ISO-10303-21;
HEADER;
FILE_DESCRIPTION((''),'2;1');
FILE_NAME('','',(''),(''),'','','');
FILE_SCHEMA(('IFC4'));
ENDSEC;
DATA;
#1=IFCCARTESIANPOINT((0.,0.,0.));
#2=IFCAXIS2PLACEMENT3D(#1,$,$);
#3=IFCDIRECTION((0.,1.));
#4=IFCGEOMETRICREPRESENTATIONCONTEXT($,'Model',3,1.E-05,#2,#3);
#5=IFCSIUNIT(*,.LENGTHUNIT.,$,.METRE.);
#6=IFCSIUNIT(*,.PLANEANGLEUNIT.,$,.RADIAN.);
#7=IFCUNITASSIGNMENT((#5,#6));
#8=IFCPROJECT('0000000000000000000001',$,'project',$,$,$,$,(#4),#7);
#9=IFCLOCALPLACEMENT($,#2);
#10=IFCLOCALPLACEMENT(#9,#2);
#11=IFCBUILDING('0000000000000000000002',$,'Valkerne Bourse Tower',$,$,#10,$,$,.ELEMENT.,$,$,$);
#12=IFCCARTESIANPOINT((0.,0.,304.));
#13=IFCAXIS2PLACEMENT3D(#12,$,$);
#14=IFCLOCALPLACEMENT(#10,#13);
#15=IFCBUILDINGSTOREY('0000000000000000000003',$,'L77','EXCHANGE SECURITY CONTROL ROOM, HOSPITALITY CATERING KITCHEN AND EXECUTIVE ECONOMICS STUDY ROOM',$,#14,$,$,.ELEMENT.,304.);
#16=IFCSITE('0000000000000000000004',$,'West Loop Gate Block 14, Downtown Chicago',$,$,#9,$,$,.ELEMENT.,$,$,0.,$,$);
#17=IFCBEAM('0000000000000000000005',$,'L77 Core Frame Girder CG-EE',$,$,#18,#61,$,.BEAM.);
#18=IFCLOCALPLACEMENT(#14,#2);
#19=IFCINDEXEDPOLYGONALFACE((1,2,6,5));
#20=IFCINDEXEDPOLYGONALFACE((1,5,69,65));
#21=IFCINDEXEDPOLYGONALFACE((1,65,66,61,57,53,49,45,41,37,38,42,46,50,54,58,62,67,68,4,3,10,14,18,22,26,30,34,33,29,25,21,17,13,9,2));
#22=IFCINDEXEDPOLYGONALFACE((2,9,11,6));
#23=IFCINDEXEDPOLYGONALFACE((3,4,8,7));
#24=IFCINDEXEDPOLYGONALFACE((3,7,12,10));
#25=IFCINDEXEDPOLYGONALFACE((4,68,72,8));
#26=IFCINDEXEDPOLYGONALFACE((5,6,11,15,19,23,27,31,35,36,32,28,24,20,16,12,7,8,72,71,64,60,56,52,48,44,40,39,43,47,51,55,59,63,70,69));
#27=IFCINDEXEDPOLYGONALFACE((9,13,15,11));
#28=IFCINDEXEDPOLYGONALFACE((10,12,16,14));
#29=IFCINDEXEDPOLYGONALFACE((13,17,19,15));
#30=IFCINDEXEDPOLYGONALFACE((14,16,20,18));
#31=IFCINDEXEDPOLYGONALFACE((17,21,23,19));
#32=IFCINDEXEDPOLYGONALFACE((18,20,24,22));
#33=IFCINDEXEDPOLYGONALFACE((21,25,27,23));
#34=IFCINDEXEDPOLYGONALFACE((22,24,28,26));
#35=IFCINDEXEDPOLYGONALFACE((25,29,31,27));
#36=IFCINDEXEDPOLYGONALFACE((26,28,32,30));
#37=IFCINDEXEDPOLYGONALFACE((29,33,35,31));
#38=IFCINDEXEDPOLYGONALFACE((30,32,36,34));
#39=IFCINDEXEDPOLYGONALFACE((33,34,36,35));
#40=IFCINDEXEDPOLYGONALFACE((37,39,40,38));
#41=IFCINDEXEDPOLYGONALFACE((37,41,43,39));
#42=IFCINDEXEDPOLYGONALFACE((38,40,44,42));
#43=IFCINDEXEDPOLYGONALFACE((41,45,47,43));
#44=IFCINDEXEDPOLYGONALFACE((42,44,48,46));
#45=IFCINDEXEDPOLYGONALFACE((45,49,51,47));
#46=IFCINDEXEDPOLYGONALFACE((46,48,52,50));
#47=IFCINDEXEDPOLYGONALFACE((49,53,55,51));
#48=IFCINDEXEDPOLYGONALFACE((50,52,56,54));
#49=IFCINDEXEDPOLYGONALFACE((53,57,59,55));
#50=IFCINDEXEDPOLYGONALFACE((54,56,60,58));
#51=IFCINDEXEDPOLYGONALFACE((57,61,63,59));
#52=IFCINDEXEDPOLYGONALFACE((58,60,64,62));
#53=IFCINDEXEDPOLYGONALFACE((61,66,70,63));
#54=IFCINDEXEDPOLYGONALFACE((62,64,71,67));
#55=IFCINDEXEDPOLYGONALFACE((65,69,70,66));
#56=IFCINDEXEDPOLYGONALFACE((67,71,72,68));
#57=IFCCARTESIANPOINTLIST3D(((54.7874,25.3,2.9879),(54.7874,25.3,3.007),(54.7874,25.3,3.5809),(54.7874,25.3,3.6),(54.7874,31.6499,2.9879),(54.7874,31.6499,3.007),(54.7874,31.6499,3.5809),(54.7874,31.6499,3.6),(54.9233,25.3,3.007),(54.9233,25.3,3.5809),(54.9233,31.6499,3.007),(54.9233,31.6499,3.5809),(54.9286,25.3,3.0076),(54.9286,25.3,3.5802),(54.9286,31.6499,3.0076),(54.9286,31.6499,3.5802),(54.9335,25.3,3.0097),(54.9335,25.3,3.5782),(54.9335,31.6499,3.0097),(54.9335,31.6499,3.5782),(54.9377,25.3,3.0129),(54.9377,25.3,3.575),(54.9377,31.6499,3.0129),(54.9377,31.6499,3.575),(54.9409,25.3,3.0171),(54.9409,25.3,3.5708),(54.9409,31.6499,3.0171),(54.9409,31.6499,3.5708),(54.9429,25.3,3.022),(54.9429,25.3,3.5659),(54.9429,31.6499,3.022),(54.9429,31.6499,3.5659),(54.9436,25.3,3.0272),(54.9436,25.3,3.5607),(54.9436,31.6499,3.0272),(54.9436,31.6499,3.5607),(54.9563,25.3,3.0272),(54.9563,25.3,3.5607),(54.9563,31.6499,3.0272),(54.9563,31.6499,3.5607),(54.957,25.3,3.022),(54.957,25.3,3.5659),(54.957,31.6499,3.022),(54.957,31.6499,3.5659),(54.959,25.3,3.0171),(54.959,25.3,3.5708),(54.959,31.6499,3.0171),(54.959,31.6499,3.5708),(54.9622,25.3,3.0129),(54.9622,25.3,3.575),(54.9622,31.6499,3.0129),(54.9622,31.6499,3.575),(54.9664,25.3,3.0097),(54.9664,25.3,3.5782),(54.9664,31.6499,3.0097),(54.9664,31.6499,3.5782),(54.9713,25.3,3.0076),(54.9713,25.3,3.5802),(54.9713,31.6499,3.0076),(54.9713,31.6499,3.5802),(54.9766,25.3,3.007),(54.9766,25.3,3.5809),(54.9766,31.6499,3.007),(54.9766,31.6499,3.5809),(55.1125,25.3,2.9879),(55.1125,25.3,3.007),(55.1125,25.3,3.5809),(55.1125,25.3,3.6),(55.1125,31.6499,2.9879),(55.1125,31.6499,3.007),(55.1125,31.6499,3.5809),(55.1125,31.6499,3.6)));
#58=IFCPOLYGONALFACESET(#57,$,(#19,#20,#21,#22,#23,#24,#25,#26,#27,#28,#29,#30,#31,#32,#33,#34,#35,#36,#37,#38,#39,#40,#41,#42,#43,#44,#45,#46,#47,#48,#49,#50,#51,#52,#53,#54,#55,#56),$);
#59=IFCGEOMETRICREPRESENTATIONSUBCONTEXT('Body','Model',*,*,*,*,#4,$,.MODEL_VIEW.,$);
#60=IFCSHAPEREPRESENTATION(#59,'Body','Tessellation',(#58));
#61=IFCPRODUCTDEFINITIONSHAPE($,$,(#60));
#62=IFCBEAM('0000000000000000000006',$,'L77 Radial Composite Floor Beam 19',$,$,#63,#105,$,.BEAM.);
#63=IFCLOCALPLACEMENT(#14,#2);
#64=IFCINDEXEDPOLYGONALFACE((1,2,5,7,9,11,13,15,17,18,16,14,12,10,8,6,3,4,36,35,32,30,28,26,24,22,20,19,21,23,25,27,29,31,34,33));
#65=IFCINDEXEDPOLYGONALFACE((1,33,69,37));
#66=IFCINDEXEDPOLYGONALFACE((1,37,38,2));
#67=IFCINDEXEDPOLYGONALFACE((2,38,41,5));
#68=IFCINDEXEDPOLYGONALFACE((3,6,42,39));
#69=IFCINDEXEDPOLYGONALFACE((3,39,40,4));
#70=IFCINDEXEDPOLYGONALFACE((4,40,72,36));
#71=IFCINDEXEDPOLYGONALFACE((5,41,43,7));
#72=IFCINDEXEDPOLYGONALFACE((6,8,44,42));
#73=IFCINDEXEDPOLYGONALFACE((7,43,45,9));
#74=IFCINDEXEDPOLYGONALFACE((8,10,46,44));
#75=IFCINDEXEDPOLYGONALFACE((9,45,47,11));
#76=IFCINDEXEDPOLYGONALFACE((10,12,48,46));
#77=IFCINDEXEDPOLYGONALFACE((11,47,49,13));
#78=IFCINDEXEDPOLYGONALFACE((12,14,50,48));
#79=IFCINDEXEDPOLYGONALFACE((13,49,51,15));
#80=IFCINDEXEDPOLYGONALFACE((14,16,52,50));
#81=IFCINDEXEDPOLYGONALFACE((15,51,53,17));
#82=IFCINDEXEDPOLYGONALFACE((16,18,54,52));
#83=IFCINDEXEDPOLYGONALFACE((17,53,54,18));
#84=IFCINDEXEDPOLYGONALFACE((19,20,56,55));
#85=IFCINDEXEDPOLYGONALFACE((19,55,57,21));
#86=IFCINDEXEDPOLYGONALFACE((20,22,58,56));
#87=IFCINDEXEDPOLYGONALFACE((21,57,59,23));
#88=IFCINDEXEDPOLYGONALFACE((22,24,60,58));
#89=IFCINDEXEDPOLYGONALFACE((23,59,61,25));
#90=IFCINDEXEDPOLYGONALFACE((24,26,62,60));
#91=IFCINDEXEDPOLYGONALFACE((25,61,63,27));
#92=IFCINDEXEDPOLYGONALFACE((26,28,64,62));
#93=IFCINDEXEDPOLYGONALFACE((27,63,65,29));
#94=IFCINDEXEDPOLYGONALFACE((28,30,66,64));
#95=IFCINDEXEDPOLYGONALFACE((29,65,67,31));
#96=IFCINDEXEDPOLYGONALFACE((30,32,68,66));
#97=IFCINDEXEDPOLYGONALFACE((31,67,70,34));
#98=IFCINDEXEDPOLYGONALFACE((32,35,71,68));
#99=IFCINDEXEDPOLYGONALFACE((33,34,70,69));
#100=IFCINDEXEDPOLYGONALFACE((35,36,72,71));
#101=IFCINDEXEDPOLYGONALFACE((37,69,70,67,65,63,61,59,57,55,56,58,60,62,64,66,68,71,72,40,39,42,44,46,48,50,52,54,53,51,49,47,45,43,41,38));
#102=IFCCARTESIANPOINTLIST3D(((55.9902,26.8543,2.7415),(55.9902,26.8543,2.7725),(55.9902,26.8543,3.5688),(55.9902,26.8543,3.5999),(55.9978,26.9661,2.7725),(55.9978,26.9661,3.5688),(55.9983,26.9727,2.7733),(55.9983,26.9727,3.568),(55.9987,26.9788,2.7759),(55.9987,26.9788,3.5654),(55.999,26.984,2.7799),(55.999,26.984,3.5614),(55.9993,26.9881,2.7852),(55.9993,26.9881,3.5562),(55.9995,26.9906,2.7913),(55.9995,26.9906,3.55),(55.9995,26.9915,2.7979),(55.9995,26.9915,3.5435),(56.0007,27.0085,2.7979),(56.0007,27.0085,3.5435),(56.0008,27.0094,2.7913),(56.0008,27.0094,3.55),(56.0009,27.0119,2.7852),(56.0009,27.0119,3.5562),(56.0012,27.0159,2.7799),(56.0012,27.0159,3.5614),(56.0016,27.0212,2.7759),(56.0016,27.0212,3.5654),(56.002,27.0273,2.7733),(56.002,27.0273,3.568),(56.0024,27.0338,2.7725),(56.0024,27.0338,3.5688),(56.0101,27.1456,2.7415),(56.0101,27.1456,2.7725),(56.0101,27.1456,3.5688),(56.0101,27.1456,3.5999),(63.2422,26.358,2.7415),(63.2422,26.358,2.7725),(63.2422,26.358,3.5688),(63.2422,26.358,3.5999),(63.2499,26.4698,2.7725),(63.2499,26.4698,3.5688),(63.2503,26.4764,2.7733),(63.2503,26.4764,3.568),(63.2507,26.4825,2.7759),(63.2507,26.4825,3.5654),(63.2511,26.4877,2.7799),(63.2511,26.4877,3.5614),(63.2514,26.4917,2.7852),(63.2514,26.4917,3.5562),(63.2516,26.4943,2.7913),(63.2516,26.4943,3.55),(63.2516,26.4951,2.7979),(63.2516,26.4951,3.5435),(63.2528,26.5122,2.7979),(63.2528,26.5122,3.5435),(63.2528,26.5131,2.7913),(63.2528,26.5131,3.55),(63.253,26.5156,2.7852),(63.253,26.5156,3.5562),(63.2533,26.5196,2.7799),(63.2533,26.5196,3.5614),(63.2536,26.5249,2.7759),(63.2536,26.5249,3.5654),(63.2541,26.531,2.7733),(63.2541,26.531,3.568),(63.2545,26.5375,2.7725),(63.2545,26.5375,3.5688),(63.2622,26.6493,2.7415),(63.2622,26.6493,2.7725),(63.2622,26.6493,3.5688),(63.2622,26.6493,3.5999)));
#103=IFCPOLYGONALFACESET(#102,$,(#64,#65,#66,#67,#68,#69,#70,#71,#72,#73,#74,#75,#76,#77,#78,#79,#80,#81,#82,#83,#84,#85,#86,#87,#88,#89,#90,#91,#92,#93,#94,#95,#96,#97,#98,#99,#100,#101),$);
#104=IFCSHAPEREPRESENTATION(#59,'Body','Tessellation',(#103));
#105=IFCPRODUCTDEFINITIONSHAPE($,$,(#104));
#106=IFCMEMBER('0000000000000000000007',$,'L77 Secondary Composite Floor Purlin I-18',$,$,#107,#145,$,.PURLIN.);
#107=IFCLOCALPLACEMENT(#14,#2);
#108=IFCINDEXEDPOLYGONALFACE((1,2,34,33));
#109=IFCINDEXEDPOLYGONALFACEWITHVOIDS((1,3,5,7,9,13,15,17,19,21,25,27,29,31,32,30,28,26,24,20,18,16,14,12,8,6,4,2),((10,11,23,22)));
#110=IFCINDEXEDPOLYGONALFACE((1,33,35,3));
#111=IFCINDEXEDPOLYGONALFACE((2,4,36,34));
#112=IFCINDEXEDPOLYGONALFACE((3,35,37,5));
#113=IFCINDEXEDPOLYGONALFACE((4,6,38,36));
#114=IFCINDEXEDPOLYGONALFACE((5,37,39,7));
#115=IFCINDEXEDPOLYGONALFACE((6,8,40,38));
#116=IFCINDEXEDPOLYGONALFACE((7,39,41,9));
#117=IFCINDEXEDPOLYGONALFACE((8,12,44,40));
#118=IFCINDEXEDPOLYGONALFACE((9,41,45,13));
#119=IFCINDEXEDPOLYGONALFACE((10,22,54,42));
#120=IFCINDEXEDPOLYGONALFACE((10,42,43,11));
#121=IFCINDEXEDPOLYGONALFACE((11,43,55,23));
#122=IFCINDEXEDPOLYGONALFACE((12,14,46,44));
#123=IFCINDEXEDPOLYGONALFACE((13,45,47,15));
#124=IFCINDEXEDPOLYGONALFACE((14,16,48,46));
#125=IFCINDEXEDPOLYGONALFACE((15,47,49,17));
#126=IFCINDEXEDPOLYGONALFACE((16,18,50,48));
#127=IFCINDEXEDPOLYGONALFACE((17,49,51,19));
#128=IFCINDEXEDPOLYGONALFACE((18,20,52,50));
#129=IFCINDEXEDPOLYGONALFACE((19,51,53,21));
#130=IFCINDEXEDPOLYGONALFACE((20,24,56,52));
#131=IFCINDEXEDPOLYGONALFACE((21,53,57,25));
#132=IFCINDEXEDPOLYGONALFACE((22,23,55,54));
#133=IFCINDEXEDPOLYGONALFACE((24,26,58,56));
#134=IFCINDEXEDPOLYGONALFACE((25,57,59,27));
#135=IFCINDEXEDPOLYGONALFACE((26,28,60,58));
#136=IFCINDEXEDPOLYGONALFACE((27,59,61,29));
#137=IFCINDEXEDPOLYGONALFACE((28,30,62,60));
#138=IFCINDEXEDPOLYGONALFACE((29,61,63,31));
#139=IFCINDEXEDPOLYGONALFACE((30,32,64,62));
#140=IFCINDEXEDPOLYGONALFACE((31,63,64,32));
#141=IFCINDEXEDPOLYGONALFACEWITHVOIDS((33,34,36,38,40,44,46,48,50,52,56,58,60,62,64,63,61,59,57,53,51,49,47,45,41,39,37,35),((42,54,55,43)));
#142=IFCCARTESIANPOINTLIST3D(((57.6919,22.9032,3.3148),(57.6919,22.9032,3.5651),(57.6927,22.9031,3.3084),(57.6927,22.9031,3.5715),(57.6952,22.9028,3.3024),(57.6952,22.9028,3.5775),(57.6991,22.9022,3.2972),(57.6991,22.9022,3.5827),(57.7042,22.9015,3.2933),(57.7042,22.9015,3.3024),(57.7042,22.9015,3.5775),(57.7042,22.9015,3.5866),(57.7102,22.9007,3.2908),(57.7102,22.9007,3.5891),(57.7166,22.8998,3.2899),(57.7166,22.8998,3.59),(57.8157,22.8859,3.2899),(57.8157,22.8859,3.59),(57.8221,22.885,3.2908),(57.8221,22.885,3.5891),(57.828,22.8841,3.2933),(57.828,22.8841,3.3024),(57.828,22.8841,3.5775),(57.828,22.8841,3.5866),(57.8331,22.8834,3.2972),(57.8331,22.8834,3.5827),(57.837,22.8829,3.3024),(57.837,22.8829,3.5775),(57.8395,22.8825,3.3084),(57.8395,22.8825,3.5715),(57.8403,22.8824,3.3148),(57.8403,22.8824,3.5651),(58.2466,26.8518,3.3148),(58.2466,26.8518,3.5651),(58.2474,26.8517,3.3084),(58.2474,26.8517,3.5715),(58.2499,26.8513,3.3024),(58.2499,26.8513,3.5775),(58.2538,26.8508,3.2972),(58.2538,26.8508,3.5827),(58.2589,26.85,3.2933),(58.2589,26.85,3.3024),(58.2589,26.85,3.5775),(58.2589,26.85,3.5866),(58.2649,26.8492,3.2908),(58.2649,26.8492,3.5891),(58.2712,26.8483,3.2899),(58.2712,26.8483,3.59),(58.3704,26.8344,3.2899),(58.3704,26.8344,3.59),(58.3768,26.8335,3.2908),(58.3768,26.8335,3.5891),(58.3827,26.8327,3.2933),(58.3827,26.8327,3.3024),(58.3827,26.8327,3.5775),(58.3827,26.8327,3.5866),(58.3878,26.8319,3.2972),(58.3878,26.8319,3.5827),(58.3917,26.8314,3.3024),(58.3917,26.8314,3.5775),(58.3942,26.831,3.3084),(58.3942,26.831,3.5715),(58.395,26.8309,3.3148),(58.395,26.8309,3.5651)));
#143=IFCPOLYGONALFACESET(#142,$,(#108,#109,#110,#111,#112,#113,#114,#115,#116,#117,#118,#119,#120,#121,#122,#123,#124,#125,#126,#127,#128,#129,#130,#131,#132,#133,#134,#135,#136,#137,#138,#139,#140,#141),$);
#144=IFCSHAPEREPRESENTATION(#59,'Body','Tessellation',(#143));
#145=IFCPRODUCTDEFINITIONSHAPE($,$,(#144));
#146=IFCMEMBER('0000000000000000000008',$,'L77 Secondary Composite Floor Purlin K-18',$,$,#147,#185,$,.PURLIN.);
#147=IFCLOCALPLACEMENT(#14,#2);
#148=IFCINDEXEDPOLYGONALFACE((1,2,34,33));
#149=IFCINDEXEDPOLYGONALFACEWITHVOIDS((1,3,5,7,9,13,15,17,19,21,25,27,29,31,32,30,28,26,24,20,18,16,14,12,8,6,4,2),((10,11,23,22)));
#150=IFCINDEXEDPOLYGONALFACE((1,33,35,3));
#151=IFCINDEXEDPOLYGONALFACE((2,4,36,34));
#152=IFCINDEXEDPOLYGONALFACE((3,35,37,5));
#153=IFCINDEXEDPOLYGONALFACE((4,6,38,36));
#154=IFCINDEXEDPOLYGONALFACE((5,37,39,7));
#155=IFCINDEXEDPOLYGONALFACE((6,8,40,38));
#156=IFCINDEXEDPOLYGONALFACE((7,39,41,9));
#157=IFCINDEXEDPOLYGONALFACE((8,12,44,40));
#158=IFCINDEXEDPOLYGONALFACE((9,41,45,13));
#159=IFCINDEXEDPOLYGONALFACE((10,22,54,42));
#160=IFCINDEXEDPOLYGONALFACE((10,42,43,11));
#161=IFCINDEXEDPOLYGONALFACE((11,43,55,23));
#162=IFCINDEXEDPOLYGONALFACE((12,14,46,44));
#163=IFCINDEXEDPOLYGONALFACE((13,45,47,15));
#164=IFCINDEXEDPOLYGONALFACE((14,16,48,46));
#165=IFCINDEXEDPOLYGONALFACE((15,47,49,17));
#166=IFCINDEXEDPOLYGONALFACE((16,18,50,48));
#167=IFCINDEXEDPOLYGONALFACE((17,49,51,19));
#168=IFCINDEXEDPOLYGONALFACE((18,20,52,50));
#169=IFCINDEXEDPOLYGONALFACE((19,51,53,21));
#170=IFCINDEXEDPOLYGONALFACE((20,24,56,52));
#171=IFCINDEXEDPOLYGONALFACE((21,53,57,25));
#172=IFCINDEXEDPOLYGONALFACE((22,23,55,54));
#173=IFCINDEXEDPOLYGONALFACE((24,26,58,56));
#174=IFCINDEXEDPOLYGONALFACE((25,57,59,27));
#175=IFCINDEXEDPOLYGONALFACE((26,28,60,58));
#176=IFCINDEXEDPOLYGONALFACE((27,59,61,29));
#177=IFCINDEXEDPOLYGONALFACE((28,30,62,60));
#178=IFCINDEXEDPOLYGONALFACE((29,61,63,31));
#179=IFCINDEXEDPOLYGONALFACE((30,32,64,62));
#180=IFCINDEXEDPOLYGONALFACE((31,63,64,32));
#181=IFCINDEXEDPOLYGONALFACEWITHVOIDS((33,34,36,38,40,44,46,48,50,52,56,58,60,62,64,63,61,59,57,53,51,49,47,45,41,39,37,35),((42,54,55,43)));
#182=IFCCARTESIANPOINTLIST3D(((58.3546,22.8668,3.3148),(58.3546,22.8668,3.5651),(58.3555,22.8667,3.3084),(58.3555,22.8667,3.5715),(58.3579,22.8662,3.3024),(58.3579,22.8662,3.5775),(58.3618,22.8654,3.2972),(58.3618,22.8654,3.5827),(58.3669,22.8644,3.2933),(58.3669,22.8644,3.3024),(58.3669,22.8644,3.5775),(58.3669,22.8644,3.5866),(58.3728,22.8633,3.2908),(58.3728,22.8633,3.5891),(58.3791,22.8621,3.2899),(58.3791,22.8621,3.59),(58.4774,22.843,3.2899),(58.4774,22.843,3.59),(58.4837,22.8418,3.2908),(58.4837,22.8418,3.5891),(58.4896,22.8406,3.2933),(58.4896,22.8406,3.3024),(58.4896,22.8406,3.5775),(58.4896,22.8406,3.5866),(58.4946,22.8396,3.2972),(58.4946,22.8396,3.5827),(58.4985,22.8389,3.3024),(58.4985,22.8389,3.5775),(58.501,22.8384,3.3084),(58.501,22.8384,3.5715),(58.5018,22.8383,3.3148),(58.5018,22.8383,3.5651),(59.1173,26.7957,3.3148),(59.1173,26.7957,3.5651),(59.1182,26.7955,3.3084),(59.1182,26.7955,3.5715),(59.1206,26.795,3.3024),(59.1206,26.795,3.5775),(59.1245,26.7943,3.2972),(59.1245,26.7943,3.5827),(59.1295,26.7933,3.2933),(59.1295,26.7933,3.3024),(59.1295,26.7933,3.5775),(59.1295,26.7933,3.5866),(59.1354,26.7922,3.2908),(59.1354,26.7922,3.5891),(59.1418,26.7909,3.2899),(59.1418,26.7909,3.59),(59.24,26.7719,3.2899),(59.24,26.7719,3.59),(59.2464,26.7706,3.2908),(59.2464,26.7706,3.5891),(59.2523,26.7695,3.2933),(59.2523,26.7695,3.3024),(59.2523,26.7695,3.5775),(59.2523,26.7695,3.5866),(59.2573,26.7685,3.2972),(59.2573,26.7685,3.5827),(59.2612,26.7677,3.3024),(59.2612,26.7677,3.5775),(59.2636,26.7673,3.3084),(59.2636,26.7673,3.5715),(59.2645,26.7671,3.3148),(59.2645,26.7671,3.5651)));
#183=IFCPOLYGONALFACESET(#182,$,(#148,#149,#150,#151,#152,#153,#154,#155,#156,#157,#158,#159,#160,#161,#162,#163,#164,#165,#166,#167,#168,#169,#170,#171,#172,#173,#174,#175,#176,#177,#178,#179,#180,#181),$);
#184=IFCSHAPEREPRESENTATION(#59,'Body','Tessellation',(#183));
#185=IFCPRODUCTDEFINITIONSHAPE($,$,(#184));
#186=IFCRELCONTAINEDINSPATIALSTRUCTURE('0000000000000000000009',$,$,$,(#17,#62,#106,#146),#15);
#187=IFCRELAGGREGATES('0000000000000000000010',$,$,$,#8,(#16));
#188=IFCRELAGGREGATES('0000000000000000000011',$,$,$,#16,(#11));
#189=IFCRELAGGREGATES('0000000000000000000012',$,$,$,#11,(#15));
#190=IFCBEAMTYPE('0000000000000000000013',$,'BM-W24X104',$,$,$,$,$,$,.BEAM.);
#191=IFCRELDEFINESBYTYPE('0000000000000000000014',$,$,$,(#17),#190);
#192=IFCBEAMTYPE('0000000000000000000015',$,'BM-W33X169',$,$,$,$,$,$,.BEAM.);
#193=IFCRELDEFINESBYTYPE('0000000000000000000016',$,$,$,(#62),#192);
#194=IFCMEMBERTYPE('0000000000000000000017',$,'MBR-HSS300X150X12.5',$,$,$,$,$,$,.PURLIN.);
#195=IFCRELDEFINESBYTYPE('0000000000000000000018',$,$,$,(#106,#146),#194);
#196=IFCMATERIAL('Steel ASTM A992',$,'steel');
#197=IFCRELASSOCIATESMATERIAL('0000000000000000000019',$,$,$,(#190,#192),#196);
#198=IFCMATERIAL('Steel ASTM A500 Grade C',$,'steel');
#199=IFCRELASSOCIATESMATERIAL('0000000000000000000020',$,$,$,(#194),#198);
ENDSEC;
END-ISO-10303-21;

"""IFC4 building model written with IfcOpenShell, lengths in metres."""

from ifc_helpers import new_model, si_unit, direction, frame, origin, origin_2d, place, context, subcontext, project, spatial, hollow_rectangle, i_section, extrude, material, material_profile, profile_set, type_object, element, save


model = new_model("IFC4")

# Units and contexts
model_context = context("Model", 3, precision=1e-05, world=origin(), true_north=direction((0.0, 1.0)))
body_context = subcontext(model_context, "Body", "Model", "MODEL_VIEW")
ifc_project = project(units=[si_unit("LENGTHUNIT", "METRE"), si_unit("PLANEANGLEUNIT", "RADIAN")], contexts=[model_context])

# Site, building, storey
site_placement = place(None, origin())
site = spatial("IfcSite", under=ifc_project, at=site_placement, Name="West Loop Gate Block 14, Downtown Chicago", CompositionType="ELEMENT", RefElevation=0.0)
building_placement = place(site_placement, origin())
building = spatial("IfcBuilding", under=site, at=building_placement, Name="Valkerne Bourse Tower", CompositionType="ELEMENT")
storey_placement = place(building_placement, frame((0.0, 0.0, 304.0)))
storey = spatial("IfcBuildingStorey", under=building, at=storey_placement, Name="L77", Description="EXCHANGE SECURITY CONTROL ROOM, HOSPITALITY CATERING KITCHEN AND EXECUTIVE ECONOMICS STUDY ROOM", CompositionType="ELEMENT", Elevation=304.0)

# Shared definitions
ifc_material_1 = material(Name="Steel ASTM A500 Grade C", Category="steel")

# Beams
ifc_material_2 = material(Name="Steel ASTM A992", Category="steel")
ifc_material_profile_1 = material_profile(ifc_material_2, i_section(OverallWidth=0.3252, OverallDepth=0.6121, WebThickness=0.0127, FlangeThickness=0.019, FilletRadius=0.0203, at=origin_2d()), Name="W24X104")
ifc_profile_set_1 = profile_set([ifc_material_profile_1], Name="Steel ASTM A992")
beam_type_1 = type_object("IfcBeamType", Name="BM-W24X104", PredefinedType="BEAM", material=ifc_profile_set_1)
beam_1_placement = place(storey_placement, frame((54.95, 25.3, 3.2939), z_axis=(0.0, 1.0, 0.0), x_axis=(-1.0, 0.0, 0.0)))
element("IfcBeam", 1, at=beam_1_placement, inside=storey, type_object=beam_type_1, Name="L77 Core Frame Girder CG-EE", PredefinedType="BEAM", context=body_context, shape_type="SweptSolid", body=[
    extrude(i_section(OverallWidth=0.3252, OverallDepth=0.6121, WebThickness=0.0127, FlangeThickness=0.019, FilletRadius=0.0203, at=origin_2d()), origin(), (0.0, 0.0, 1.0), 6.3499),
])
ifc_material_profile_2 = material_profile(ifc_material_2, i_section(OverallWidth=0.292, OverallDepth=0.8584, WebThickness=0.0171, FlangeThickness=0.031, FilletRadius=0.0254, at=origin_2d()), Name="W33X169")
ifc_profile_set_2 = profile_set([ifc_material_profile_2], Name="Steel ASTM A992")
beam_type_2 = type_object("IfcBeamType", Name="BM-W33X169", PredefinedType="BEAM", material=ifc_profile_set_2)
beam_2_placement = place(storey_placement, frame((63.2522, 26.5037, 3.1707), z_axis=(-0.997666, 0.06828, 0.0), x_axis=(-0.06828, -0.997666, 0.0)))
element("IfcBeam", 2, at=beam_2_placement, inside=storey, type_object=beam_type_2, Name="L77 Radial Composite Floor Beam 19", PredefinedType="BEAM", context=body_context, shape_type="SweptSolid", body=[
    extrude(i_section(OverallWidth=0.292, OverallDepth=0.8584, WebThickness=0.0171, FlangeThickness=0.031, FilletRadius=0.0254, at=origin_2d()), origin(), (0.0, 0.0, 1.0), 7.269),
])

# Members
ifc_material_profile_3 = material_profile(ifc_material_1, hollow_rectangle(XDim=0.1499, YDim=0.3, WallThickness=0.0125, OuterFilletRadius=0.0249, at=origin_2d()), Name="HSS300X150X12.5")
ifc_profile_set_3 = profile_set([ifc_material_profile_3], Name="Steel ASTM A500 Grade C")
member_type_1 = type_object("IfcMemberType", Name="MBR-HSS300X150X12.5", PredefinedType="PURLIN", material=ifc_profile_set_3)
member_1_placement = place(storey_placement, frame((57.7661, 22.8928, 3.4399), z_axis=(0.139115, 0.990276, 0.0), x_axis=(-0.990276, 0.139115, 0.0)))
element("IfcMember", 3, at=member_1_placement, inside=storey, type_object=member_type_1, Name="L77 Secondary Composite Floor Purlin I-18", PredefinedType="PURLIN", context=body_context, shape_type="SweptSolid", body=[
    extrude(hollow_rectangle(XDim=0.1499, YDim=0.3, WallThickness=0.0125, OuterFilletRadius=0.0249, at=origin_2d()), origin(), (0.0, 0.0, 1.0), 3.9873),
])
member_2_placement = place(storey_placement, frame((58.4282, 22.8525, 3.4399), z_axis=(0.190564, 0.981675, 0.0), x_axis=(-0.981675, 0.190564, 0.0)))
element("IfcMember", 4, at=member_2_placement, inside=storey, type_object=member_type_1, Name="L77 Secondary Composite Floor Purlin K-18", PredefinedType="PURLIN", context=body_context, shape_type="SweptSolid", body=[
    extrude(hollow_rectangle(XDim=0.1499, YDim=0.3, WallThickness=0.0125, OuterFilletRadius=0.0249, at=origin_2d()), origin(), (0.0, 0.0, 1.0), 4.0022),
])

save(model, "model.ifc")
